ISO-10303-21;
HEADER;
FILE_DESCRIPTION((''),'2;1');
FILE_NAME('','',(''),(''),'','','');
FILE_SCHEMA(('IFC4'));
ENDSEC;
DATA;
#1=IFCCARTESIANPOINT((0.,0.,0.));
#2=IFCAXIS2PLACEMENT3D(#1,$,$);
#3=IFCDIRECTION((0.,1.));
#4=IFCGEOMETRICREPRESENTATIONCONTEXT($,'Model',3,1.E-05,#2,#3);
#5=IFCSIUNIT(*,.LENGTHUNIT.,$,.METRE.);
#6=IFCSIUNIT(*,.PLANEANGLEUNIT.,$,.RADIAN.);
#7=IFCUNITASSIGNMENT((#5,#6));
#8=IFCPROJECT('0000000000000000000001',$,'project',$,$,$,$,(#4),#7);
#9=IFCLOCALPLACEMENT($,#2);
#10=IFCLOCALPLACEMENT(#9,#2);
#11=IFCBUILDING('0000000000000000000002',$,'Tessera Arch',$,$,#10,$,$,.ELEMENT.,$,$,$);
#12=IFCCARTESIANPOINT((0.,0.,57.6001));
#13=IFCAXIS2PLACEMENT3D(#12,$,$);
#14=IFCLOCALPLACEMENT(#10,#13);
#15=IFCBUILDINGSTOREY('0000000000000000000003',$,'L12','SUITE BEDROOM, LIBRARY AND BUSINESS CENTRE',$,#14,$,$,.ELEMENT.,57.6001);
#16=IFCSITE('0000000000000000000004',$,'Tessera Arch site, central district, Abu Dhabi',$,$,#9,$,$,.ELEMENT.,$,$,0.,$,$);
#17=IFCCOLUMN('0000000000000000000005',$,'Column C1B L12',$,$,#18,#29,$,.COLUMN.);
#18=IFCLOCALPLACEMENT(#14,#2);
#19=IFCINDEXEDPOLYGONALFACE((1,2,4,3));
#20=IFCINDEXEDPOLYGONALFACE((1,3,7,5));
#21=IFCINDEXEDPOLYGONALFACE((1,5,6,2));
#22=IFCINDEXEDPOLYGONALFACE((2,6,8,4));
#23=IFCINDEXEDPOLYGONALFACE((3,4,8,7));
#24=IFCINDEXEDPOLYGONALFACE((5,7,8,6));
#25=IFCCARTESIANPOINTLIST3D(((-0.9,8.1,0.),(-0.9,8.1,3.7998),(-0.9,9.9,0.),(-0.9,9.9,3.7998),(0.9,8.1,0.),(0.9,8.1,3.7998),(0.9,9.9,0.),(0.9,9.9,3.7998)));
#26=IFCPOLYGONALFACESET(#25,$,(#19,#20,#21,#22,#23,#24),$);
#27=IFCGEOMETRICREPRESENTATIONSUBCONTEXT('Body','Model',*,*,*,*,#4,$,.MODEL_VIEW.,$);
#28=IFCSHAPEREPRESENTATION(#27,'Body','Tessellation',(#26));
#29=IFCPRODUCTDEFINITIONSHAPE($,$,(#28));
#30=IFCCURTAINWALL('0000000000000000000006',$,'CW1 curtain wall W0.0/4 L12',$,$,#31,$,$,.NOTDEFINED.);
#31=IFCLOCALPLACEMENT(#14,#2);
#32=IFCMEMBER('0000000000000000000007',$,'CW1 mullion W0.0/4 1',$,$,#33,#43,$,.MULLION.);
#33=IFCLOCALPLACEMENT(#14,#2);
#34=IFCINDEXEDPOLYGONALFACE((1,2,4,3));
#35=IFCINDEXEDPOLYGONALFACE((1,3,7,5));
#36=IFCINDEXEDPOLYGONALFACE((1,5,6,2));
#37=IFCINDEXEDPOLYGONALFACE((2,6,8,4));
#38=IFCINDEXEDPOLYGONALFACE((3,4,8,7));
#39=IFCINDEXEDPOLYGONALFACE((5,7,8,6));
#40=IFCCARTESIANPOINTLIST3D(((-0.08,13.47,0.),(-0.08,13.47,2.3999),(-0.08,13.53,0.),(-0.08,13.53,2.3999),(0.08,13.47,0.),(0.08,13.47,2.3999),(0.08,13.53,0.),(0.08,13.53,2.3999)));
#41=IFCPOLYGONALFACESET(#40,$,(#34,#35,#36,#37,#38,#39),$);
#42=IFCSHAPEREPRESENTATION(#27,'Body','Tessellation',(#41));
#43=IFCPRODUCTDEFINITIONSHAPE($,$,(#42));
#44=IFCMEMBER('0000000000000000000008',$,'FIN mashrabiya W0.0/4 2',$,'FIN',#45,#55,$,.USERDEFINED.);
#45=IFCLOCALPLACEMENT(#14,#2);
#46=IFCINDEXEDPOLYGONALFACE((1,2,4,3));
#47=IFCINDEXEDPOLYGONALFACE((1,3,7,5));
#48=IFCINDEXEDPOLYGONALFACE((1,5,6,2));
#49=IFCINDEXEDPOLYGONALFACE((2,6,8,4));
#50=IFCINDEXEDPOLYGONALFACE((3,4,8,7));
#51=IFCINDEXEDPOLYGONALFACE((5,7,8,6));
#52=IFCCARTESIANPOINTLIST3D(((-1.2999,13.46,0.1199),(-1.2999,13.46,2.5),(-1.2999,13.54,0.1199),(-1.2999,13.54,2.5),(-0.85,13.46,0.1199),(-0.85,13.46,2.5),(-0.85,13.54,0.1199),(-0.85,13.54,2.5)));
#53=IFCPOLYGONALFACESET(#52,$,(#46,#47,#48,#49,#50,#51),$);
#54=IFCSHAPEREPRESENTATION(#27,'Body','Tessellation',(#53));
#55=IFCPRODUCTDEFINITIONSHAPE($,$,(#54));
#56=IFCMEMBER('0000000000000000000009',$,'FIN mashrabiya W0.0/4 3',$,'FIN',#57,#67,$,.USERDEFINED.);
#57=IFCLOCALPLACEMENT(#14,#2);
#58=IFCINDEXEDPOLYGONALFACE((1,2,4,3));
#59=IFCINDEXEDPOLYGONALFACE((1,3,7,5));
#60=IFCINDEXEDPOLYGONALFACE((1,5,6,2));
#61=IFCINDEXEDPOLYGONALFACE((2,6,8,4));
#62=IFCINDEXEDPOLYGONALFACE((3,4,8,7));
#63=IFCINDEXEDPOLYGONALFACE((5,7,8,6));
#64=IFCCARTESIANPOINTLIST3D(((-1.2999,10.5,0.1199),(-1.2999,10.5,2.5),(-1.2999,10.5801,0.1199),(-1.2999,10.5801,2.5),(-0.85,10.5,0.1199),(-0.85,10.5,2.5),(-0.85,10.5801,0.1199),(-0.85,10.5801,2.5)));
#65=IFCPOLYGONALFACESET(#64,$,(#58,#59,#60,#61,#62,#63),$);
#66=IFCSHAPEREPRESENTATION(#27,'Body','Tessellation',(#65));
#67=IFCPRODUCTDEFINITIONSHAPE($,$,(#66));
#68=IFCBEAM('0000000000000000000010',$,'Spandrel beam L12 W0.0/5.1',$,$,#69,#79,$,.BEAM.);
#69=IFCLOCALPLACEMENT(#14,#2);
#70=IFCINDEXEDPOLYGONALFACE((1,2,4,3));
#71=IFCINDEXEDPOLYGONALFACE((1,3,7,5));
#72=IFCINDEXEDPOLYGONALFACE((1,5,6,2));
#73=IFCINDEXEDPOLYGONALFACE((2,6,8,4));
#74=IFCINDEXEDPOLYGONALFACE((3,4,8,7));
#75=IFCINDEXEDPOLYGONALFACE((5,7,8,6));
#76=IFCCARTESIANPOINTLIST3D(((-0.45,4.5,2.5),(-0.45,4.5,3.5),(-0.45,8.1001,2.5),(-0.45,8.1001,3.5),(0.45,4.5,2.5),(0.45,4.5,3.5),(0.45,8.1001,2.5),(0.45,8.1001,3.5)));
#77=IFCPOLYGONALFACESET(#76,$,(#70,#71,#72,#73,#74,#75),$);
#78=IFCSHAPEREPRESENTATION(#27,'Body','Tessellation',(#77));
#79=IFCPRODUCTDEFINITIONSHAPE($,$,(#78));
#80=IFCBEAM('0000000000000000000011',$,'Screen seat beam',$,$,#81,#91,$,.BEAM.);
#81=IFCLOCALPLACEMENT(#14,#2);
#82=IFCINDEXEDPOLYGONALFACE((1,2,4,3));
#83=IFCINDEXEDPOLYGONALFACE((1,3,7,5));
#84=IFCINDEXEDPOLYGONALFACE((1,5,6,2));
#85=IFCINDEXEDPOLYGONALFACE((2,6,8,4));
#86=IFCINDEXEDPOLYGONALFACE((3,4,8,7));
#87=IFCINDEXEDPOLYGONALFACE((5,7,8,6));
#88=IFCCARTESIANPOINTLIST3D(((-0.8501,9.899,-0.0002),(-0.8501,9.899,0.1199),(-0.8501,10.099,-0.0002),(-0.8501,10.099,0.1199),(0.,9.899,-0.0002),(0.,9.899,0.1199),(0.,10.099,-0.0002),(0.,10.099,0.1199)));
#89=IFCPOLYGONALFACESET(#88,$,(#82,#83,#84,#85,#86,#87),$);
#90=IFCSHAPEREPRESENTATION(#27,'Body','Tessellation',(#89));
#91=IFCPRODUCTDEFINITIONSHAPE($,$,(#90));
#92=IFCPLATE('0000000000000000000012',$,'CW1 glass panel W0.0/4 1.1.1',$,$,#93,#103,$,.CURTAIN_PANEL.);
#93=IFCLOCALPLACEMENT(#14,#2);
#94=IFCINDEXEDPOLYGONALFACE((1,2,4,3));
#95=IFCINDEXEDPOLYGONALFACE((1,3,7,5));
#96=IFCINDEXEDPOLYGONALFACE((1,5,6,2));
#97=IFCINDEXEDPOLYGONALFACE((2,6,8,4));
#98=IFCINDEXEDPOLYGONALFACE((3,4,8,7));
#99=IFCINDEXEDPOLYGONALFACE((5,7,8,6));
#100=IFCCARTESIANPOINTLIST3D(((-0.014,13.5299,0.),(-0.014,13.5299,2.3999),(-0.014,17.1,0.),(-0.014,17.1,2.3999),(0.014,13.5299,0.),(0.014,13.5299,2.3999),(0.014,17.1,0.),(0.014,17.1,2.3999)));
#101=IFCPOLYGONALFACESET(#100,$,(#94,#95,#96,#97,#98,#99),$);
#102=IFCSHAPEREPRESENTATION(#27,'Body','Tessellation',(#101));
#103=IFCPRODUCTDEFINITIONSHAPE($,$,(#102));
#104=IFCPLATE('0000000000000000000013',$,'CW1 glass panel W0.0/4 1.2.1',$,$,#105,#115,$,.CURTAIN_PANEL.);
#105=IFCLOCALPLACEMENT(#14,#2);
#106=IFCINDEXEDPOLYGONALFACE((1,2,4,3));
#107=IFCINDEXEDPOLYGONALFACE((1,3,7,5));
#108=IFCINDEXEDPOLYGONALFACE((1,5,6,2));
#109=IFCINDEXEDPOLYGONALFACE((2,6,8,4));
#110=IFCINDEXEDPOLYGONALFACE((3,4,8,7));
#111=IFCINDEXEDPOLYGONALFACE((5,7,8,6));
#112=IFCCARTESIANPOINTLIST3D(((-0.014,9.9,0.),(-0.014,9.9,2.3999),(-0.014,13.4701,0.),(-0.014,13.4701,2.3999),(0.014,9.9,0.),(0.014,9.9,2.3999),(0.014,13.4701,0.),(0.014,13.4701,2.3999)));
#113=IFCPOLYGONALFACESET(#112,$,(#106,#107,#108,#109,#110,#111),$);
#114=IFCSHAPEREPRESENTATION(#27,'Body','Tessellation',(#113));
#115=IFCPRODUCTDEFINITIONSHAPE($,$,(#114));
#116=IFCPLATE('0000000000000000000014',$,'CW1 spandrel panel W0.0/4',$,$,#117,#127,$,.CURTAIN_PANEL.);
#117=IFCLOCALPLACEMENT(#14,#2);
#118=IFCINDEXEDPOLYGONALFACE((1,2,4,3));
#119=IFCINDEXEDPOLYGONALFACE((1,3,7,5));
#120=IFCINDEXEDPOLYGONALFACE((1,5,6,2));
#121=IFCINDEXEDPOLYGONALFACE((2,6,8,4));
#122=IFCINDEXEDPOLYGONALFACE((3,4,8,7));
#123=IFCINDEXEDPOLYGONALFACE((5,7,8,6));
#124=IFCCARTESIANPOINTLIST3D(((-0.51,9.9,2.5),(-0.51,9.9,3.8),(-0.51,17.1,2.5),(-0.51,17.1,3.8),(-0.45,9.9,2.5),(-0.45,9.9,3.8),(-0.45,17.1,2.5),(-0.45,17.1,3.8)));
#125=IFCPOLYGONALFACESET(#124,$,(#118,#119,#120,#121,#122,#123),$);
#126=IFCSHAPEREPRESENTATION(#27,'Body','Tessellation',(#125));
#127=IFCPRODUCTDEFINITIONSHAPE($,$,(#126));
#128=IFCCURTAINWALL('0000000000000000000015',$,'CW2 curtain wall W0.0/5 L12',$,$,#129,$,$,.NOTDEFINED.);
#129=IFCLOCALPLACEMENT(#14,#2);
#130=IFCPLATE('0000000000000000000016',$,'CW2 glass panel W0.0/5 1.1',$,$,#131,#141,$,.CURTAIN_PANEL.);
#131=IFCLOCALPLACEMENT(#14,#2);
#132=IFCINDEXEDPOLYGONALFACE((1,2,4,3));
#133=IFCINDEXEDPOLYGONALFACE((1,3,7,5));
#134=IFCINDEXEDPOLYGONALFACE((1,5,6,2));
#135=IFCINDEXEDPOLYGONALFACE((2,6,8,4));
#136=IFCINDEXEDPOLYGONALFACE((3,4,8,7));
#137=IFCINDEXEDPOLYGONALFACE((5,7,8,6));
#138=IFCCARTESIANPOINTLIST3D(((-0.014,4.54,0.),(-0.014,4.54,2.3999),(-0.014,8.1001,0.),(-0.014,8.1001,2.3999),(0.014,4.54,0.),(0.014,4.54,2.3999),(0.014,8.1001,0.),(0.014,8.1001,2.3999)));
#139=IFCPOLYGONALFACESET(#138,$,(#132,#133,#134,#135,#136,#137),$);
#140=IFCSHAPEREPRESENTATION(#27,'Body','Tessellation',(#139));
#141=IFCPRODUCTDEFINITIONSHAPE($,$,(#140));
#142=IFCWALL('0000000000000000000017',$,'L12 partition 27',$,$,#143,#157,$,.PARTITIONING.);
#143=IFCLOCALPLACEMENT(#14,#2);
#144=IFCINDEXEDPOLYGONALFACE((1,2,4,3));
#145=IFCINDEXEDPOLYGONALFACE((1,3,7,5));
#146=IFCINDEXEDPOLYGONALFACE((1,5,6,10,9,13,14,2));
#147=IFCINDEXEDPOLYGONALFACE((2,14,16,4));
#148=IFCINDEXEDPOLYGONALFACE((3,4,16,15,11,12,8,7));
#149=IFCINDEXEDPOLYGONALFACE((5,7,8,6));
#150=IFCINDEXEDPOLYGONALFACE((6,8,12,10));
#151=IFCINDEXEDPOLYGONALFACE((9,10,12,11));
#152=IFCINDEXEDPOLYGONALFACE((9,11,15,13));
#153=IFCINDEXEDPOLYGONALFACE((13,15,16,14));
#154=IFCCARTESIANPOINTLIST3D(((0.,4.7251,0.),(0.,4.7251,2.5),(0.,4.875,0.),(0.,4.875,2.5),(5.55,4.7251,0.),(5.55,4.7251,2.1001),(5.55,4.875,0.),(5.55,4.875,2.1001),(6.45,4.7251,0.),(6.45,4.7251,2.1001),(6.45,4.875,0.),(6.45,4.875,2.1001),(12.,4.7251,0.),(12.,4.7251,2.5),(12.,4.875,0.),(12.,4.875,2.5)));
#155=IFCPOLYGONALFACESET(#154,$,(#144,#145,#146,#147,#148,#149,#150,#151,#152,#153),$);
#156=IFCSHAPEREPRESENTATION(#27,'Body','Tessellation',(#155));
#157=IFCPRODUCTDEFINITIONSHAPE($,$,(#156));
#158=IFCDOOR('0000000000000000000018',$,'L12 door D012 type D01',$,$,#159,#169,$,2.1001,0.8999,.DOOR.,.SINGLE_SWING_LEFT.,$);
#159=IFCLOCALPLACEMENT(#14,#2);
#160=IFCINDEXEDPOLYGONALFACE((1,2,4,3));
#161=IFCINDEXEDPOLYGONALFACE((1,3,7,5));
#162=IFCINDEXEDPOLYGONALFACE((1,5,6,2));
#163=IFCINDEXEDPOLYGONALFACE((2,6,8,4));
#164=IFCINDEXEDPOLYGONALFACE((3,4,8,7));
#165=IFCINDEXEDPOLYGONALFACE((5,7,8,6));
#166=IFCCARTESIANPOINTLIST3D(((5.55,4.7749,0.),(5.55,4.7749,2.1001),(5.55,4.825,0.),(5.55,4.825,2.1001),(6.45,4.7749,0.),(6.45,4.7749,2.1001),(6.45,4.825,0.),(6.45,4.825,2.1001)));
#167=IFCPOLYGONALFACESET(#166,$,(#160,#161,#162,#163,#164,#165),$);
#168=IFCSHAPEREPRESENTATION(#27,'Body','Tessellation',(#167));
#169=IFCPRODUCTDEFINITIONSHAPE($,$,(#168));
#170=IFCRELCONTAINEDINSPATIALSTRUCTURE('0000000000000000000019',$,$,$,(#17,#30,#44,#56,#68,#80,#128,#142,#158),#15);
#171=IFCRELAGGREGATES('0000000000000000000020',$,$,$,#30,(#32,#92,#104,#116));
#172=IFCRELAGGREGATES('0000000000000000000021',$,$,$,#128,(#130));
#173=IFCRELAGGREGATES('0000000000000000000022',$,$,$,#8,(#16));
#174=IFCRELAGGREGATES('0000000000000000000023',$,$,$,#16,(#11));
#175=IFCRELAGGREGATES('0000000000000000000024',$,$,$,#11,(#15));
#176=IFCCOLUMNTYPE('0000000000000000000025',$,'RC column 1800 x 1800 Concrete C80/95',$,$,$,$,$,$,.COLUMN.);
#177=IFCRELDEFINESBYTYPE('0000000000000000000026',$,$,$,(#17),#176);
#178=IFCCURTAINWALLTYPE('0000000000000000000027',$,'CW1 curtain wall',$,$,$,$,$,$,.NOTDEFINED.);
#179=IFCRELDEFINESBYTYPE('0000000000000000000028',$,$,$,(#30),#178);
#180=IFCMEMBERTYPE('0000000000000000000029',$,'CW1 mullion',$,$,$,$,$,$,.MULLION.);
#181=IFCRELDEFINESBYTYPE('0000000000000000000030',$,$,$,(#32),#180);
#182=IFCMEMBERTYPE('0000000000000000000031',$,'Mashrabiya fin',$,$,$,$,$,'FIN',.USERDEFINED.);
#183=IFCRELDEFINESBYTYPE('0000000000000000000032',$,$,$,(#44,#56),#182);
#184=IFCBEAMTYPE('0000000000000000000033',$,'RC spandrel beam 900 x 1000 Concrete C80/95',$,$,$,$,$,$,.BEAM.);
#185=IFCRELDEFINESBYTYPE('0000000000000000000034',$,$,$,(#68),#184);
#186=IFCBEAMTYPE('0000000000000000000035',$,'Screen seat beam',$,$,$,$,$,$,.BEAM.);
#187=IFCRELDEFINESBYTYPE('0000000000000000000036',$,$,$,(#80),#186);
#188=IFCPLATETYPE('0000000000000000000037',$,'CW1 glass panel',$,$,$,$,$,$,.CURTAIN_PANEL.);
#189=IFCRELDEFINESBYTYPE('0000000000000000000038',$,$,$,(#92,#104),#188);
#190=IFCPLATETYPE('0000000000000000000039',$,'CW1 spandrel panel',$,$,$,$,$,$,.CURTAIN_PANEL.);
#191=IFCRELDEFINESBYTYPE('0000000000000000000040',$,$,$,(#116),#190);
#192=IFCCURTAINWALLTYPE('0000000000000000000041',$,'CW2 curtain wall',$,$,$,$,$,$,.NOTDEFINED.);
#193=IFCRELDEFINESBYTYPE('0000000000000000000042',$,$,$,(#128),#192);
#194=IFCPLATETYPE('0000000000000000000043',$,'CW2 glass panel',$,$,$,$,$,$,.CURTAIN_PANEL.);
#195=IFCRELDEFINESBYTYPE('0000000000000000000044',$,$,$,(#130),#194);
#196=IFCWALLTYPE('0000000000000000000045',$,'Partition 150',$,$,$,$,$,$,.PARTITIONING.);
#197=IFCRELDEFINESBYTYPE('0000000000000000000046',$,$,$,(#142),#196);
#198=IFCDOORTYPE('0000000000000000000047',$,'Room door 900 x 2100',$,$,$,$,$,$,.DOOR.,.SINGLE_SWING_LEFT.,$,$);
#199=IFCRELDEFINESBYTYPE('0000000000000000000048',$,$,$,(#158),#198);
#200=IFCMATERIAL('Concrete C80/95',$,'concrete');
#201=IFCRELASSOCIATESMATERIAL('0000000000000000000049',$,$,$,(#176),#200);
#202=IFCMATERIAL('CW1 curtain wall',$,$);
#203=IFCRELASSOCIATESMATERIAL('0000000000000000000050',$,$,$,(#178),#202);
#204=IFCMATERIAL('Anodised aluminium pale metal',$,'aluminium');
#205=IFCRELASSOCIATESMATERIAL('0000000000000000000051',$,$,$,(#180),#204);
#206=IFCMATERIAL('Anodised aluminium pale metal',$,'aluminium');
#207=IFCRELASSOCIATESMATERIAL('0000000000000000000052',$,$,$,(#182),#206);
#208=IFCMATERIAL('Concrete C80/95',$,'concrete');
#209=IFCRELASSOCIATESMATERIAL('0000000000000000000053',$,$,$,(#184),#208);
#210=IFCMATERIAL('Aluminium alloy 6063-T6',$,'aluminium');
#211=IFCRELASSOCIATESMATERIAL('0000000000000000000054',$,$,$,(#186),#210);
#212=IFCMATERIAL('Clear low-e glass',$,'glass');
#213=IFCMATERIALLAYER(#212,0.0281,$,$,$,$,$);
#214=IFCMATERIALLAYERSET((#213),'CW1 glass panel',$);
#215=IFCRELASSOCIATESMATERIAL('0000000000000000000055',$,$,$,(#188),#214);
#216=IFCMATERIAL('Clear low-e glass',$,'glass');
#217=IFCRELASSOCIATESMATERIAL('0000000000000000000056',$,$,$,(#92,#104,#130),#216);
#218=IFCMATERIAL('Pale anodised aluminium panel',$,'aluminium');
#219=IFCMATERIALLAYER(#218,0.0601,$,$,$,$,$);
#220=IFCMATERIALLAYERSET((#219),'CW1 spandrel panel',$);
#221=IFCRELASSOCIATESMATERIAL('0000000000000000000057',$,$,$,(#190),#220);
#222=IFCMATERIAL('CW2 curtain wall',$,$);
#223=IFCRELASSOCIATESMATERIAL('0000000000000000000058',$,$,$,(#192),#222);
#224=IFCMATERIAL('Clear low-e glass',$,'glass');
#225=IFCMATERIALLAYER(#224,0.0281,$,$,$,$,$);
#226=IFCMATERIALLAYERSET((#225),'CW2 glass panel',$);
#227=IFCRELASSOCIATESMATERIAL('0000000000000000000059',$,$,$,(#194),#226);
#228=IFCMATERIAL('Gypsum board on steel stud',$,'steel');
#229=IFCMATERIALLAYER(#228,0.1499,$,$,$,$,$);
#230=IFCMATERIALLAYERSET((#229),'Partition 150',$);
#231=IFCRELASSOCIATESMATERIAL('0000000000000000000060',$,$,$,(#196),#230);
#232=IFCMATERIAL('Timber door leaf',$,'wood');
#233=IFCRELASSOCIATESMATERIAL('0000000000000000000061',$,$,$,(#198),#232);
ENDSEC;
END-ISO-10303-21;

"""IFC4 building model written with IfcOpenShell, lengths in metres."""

from ifc_helpers import new_model, si_unit, direction, frame, frame_2d, origin, origin_2d, place, context, subcontext, project, spatial, rectangle, extrude, material, layer, layer_set, material_profile, profile_set, type_object, element, fill, aggregate, save


model = new_model("IFC4")

# Units and contexts
model_context = context("Model", 3, precision=1e-05, world=origin(), true_north=direction((0.0, 1.0)))
body_context = subcontext(model_context, "Body", "Model", "MODEL_VIEW")
ifc_project = project(units=[si_unit("LENGTHUNIT", "METRE"), si_unit("PLANEANGLEUNIT", "RADIAN")], contexts=[model_context])

# Site, building, storey
site_placement = place(None, origin())
site = spatial("IfcSite", under=ifc_project, at=site_placement, Name="Tessera Arch site, central district, Abu Dhabi", CompositionType="ELEMENT", RefElevation=0.0)
building_placement = place(site_placement, origin())
building = spatial("IfcBuilding", under=site, at=building_placement, Name="Tessera Arch", CompositionType="ELEMENT")
storey_placement = place(building_placement, frame((0.0, 0.0, 57.6001)))
storey = spatial("IfcBuildingStorey", under=building, at=storey_placement, Name="L12", Description="SUITE BEDROOM, LIBRARY AND BUSINESS CENTRE", CompositionType="ELEMENT", Elevation=57.6001)

# Column
ifc_material_1 = material(Name="Concrete C80/95", Category="concrete")
ifc_material_profile_1 = material_profile(ifc_material_1, rectangle(XDim=1.8, YDim=1.8, at=origin_2d()), Name="RC column 1800 x 1800 Concrete C80/95")
ifc_profile_set_1 = profile_set([ifc_material_profile_1], Name="Concrete C80/95")
column_type = type_object("IfcColumnType", Name="RC column 1800 x 1800 Concrete C80/95", PredefinedType="COLUMN", material=ifc_profile_set_1)
column_placement = place(storey_placement, frame((0.0, 9.0, 0.0), z_axis=(0.0, 0.0, 1.0), x_axis=(1.0, 0.0, 0.0)))
element("IfcColumn", 1, at=column_placement, inside=storey, type_object=column_type, Name="Column C1B L12", PredefinedType="COLUMN", context=body_context, shape_type="SweptSolid", body=[
    extrude(rectangle(XDim=1.8, YDim=1.8, at=origin_2d()), origin(), (0.0, 0.0, 1.0), 3.7998),
])

# Curtain wall, member
ifc_material_2 = material(Name="CW1 curtain wall")
curtain_wall_type_1 = type_object("IfcCurtainWallType", Name="CW1 curtain wall", PredefinedType="NOTDEFINED", material=ifc_material_2)
curtain_wall_1_placement = place(storey_placement, origin())
curtain_wall_1 = element("IfcCurtainWall", 2, at=curtain_wall_1_placement, inside=storey, type_object=curtain_wall_type_1, Name="CW1 curtain wall W0.0/4 L12", PredefinedType="NOTDEFINED")
ifc_material_3 = material(Name="Anodised aluminium pale metal", Category="aluminium")
ifc_material_profile_2 = material_profile(ifc_material_3, rectangle(XDim=0.1599, YDim=0.0601, at=origin_2d()), Name="AL 60x160")
ifc_profile_set_2 = profile_set([ifc_material_profile_2], Name="Anodised aluminium pale metal")
member_type_1 = type_object("IfcMemberType", Name="CW1 mullion", PredefinedType="MULLION", material=ifc_profile_set_2)
member_placement = place(storey_placement, frame((0.0, 13.5, 0.0), z_axis=(0.0, 0.0, 1.0), x_axis=(1.0, 0.0, 0.0)))
member = element("IfcMember", 3, at=member_placement, type_object=member_type_1, Name="CW1 mullion W0.0/4 1", PredefinedType="MULLION", context=body_context, shape_type="SweptSolid", body=[
    extrude(rectangle(XDim=0.1599, YDim=0.0601, at=origin_2d()), origin(), (0.0, 0.0, 1.0), 2.3999),
])

# Members
ifc_material_4 = material(Name="Anodised aluminium pale metal", Category="aluminium")
ifc_material_profile_3 = material_profile(ifc_material_4, rectangle(XDim=0.45, YDim=0.0801, at=origin_2d()), Name="AL 80x450")
ifc_profile_set_3 = profile_set([ifc_material_profile_3], Name="Anodised aluminium pale metal")
member_type_2 = type_object("IfcMemberType", Name="Mashrabiya fin", ElementType="FIN", PredefinedType="USERDEFINED", material=ifc_profile_set_3)
for number, where, z_axis, x_axis, name in (
    (4, (-1.075, 13.5, 0.1199), (0.0, 0.0, 1.0), (-1.0, 0.0, 0.0), "FIN mashrabiya W0.0/4 2"),
    (5, (-1.075, 10.54, 0.1199), (0.0, 0.0, 1.0), (-1.0, 0.0, 0.0), "FIN mashrabiya W0.0/4 3"),
):
    element("IfcMember", number, at=place(storey_placement, frame(where, z_axis=z_axis, x_axis=x_axis)), inside=storey, type_object=member_type_2, Name=name, ObjectType="FIN", PredefinedType="USERDEFINED", context=body_context, shape_type="SweptSolid", body=[
        extrude(rectangle(XDim=0.45, YDim=0.0801, at=origin_2d()), origin(), (0.0, 0.0, 1.0), 2.3801),
    ])

# Beams
ifc_material_5 = material(Name="Concrete C80/95", Category="concrete")
ifc_material_profile_4 = material_profile(ifc_material_5, rectangle(XDim=0.8999, YDim=1.0, at=origin_2d()), Name="RC spandrel beam 900 x 1000 Concrete C80/95")
ifc_profile_set_4 = profile_set([ifc_material_profile_4], Name="Concrete C80/95")
beam_type_1 = type_object("IfcBeamType", Name="RC spandrel beam 900 x 1000 Concrete C80/95", PredefinedType="BEAM", material=ifc_profile_set_4)
beam_1_placement = place(storey_placement, frame((0.0, 8.1001, 3.0), z_axis=(0.0, -1.0, 0.0), x_axis=(1.0, 0.0, 0.0)))
element("IfcBeam", 6, at=beam_1_placement, inside=storey, type_object=beam_type_1, Name="Spandrel beam L12 W0.0/5.1", PredefinedType="BEAM", context=body_context, shape_type="SweptSolid", body=[
    extrude(rectangle(XDim=0.8999, YDim=1.0, at=origin_2d()), origin(), (0.0, 0.0, 1.0), 3.6001),
])
ifc_material_6 = material(Name="Aluminium alloy 6063-T6", Category="aluminium")
ifc_material_profile_5 = material_profile(ifc_material_6, rectangle(XDim=0.2, YDim=0.1201, at=origin_2d()), Name="AL 200x120")
ifc_profile_set_5 = profile_set([ifc_material_profile_5], Name="Aluminium alloy 6063-T6")
beam_type_2 = type_object("IfcBeamType", Name="Screen seat beam", PredefinedType="BEAM", material=ifc_profile_set_5)
beam_2_placement = place(storey_placement, frame((0.0, 9.999, 0.0598), z_axis=(-1.0, 0.0, 0.0), x_axis=(0.0, -1.0, 0.0)))
element("IfcBeam", 7, at=beam_2_placement, inside=storey, type_object=beam_type_2, Name="Screen seat beam", PredefinedType="BEAM", context=body_context, shape_type="SweptSolid", body=[
    extrude(rectangle(XDim=0.2, YDim=0.1201, at=origin_2d()), origin(), (0.0, 0.0, 1.0), 0.8501),
])

# Plates
ifc_material_7 = material(Name="Clear low-e glass", Category="glass")
ifc_material_8 = material(Name="Clear low-e glass", Category="glass")
ifc_layer_1 = layer(ifc_material_8, 0.0281)
ifc_layer_set_1 = layer_set([ifc_layer_1], Name="CW1 glass panel")
plate_type_1 = type_object("IfcPlateType", Name="CW1 glass panel", PredefinedType="CURTAIN_PANEL", material=ifc_layer_set_1)
plate_1_placement = place(storey_placement, frame((0.0, 15.3149, 0.0), z_axis=(0.0, 0.0, 1.0), x_axis=(0.0, -1.0, 0.0)))
plate_1 = element("IfcPlate", 8, at=plate_1_placement, type_object=plate_type_1, material=ifc_material_7, Name="CW1 glass panel W0.0/4 1.1.1", PredefinedType="CURTAIN_PANEL", context=body_context, shape_type="SweptSolid", body=[
    extrude(rectangle(XDim=3.5701, YDim=0.0281, at=origin_2d()), origin(), (0.0, 0.0, 1.0), 2.3999),
])
plate_2_placement = place(storey_placement, frame((0.0, 11.6851, 0.0), z_axis=(0.0, 0.0, 1.0), x_axis=(0.0, -1.0, 0.0)))
plate_2 = element("IfcPlate", 9, at=plate_2_placement, type_object=plate_type_1, material=ifc_material_7, Name="CW1 glass panel W0.0/4 1.2.1", PredefinedType="CURTAIN_PANEL", context=body_context, shape_type="SweptSolid", body=[
    extrude(rectangle(XDim=3.5701, YDim=0.0281, at=origin_2d()), origin(), (0.0, 0.0, 1.0), 2.3999),
])
ifc_material_9 = material(Name="Pale anodised aluminium panel", Category="aluminium")
ifc_layer_2 = layer(ifc_material_9, 0.0601)
ifc_layer_set_2 = layer_set([ifc_layer_2], Name="CW1 spandrel panel")
plate_type_2 = type_object("IfcPlateType", Name="CW1 spandrel panel", PredefinedType="CURTAIN_PANEL", material=ifc_layer_set_2)
plate_3_placement = place(storey_placement, frame((-0.48, 13.5, 2.5), z_axis=(0.0, 0.0, 1.0), x_axis=(0.0, -1.0, 0.0)))
plate_3 = element("IfcPlate", 10, at=plate_3_placement, type_object=plate_type_2, Name="CW1 spandrel panel W0.0/4", PredefinedType="CURTAIN_PANEL", context=body_context, shape_type="SweptSolid", body=[
    extrude(rectangle(XDim=7.2, YDim=0.0601, at=origin_2d()), origin(), (0.0, 0.0, 1.0), 1.3),
])
aggregate(curtain_wall_1, [member, plate_1, plate_2, plate_3])

# Curtain wall, plate
ifc_material_10 = material(Name="CW2 curtain wall")
curtain_wall_type_2 = type_object("IfcCurtainWallType", Name="CW2 curtain wall", PredefinedType="NOTDEFINED", material=ifc_material_10)
curtain_wall_2_placement = place(storey_placement, origin())
curtain_wall_2 = element("IfcCurtainWall", 11, at=curtain_wall_2_placement, inside=storey, type_object=curtain_wall_type_2, Name="CW2 curtain wall W0.0/5 L12", PredefinedType="NOTDEFINED")
ifc_material_11 = material(Name="Clear low-e glass", Category="glass")
ifc_layer_3 = layer(ifc_material_11, 0.0281)
ifc_layer_set_3 = layer_set([ifc_layer_3], Name="CW2 glass panel")
plate_type_3 = type_object("IfcPlateType", Name="CW2 glass panel", PredefinedType="CURTAIN_PANEL", material=ifc_layer_set_3)
plate_4_placement = place(storey_placement, frame((0.0, 6.3201, 0.0), z_axis=(0.0, 0.0, 1.0), x_axis=(0.0, -1.0, 0.0)))
plate_4 = element("IfcPlate", 12, at=plate_4_placement, type_object=plate_type_3, material=ifc_material_7, Name="CW2 glass panel W0.0/5 1.1", PredefinedType="CURTAIN_PANEL", context=body_context, shape_type="SweptSolid", body=[
    extrude(rectangle(XDim=3.5601, YDim=0.0281, at=origin_2d()), origin(), (0.0, 0.0, 1.0), 2.3999),
])
aggregate(curtain_wall_2, [plate_4])

# Wall, opening, door
ifc_material_12 = material(Name="Gypsum board on steel stud", Category="steel")
ifc_layer_4 = layer(ifc_material_12, 0.1499)
ifc_layer_set_4 = layer_set([ifc_layer_4], Name="Partition 150")
wall_type_1 = type_object("IfcWallType", Name="Partition 150", PredefinedType="PARTITIONING", material=ifc_layer_set_4)
wall_1_placement = place(storey_placement, frame((0.0, 4.8, 0.0), z_axis=(0.0, 0.0, 1.0), x_axis=(1.0, 0.0, 0.0)))
wall_1 = element("IfcWall", 13, at=wall_1_placement, inside=storey, type_object=wall_type_1, Name="L12 partition 27", PredefinedType="PARTITIONING", context=body_context, shape_type="SweptSolid", body=[
    extrude(rectangle(XDim=12.0, YDim=0.1499, at=frame_2d((6.0, 0.0))), origin(), (0.0, 0.0, 1.0), 2.5),
])
opening_1_placement = place(wall_1_placement, frame((5.55, 0.0, 0.0)))
opening_1 = element("IfcOpeningElement", 14, at=opening_1_placement, cuts=wall_1, PredefinedType="OPENING", context=body_context, shape_type="SweptSolid", body=[
    extrude(rectangle(XDim=0.8999, YDim=2.1001, at=frame_2d((0.45, 1.05))), frame((0.0, 0.085, 0.0), z_axis=(0.0, -1.0, 0.0), x_axis=(1.0, 0.0, 0.0)), (0.0, 0.0, 1.0), 0.1699),
])
ifc_material_13 = material(Name="Timber door leaf", Category="wood")
door_type_1 = type_object("IfcDoorType", Name="Room door 900 x 2100", OperationType="SINGLE_SWING_LEFT", PredefinedType="DOOR", material=ifc_material_13)
door_1_placement = place(opening_1_placement, origin())
door_1 = element("IfcDoor", 15, at=door_1_placement, inside=storey, type_object=door_type_1, Name="L12 door D012 type D01", OperationType="SINGLE_SWING_LEFT", OverallHeight=2.1001, OverallWidth=0.8999, PredefinedType="DOOR", context=body_context, shape_type="SweptSolid", body=[
    extrude(rectangle(XDim=0.8999, YDim=2.1001, at=frame_2d((0.45, 1.05))), frame((0.0, 0.0249, 0.0), z_axis=(0.0, -1.0, 0.0), x_axis=(1.0, 0.0, 0.0)), (0.0, 0.0, 1.0), 0.05),
])
fill(opening_1, door_1)

save(model, "model.ifc")
